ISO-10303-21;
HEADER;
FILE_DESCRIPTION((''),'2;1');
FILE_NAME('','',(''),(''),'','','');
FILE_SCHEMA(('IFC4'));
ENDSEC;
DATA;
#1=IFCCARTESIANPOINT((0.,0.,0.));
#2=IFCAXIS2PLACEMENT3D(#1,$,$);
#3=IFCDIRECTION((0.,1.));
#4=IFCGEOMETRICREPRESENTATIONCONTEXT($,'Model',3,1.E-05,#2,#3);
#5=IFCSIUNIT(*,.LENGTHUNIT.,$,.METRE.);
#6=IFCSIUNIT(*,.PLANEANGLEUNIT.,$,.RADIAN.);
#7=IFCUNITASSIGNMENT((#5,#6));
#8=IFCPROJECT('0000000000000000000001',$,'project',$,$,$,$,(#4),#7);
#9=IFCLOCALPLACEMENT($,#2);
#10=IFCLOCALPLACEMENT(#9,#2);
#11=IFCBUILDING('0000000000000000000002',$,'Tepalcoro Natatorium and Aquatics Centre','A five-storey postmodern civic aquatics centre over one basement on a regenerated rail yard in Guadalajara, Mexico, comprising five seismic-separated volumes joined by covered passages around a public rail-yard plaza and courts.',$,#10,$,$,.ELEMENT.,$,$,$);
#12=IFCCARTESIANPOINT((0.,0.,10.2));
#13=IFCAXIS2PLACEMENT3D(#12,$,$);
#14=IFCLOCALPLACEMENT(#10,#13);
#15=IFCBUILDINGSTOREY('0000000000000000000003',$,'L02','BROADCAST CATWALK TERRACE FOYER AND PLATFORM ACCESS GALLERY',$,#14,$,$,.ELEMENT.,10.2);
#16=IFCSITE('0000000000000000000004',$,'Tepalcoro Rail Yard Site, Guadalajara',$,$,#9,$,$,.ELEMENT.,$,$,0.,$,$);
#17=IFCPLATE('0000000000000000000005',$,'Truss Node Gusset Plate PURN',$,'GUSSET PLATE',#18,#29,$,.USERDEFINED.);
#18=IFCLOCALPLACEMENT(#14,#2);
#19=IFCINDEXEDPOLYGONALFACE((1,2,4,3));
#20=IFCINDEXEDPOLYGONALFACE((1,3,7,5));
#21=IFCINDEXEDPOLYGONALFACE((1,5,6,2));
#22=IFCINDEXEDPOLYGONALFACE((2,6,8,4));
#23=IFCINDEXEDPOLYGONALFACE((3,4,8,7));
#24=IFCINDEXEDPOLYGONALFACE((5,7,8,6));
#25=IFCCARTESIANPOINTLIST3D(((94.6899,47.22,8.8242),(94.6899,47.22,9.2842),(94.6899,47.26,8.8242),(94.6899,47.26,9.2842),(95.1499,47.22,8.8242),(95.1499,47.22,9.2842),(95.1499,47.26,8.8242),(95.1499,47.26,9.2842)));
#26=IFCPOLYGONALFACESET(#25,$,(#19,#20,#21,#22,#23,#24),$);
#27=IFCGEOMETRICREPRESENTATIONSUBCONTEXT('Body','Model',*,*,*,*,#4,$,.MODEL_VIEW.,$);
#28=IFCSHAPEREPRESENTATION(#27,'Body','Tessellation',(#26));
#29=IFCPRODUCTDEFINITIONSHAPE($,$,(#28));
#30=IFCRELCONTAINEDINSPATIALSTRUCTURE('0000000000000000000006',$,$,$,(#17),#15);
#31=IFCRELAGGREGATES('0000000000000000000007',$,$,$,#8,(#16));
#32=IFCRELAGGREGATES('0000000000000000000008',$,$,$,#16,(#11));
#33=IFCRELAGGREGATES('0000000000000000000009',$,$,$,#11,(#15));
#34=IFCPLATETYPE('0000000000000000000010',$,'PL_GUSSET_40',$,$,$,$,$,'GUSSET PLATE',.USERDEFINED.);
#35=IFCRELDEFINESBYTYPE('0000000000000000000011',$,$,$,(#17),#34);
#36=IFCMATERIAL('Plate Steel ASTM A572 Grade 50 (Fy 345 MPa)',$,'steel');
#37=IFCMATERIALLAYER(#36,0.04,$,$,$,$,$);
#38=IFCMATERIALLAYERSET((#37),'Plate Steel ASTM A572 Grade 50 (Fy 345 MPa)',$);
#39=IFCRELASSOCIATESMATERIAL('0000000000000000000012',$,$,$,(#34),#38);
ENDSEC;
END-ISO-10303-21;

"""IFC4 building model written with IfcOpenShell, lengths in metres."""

from ifc_helpers import new_model, si_unit, direction, frame, origin, origin_2d, place, context, subcontext, project, spatial, rectangle, extrude, material, layer, layer_set, type_object, element, save


model = new_model("IFC4")

# Units and contexts
model_context = context("Model", 3, precision=1e-05, world=origin(), true_north=direction((0.0, 1.0)))
body_context = subcontext(model_context, "Body", "Model", "MODEL_VIEW")
ifc_project = project(units=[si_unit("LENGTHUNIT", "METRE"), si_unit("PLANEANGLEUNIT", "RADIAN")], contexts=[model_context])

# Site, building, storey
site_placement = place(None, origin())
site = spatial("IfcSite", under=ifc_project, at=site_placement, Name="Tepalcoro Rail Yard Site, Guadalajara", CompositionType="ELEMENT", RefElevation=0.0)
building_placement = place(site_placement, origin())
building = spatial("IfcBuilding", under=site, at=building_placement, Name="Tepalcoro Natatorium and Aquatics Centre", Description="A five-storey postmodern civic aquatics centre over one basement on a regenerated rail yard in Guadalajara, Mexico, comprising five seismic-separated volumes joined by covered passages around a public rail-yard plaza and courts.", CompositionType="ELEMENT")
storey_placement = place(building_placement, frame((0.0, 0.0, 10.2)))
storey = spatial("IfcBuildingStorey", under=building, at=storey_placement, Name="L02", Description="BROADCAST CATWALK TERRACE FOYER AND PLATFORM ACCESS GALLERY", CompositionType="ELEMENT", Elevation=10.2)

# Plate
ifc_material_1 = material(Name="Plate Steel ASTM A572 Grade 50 (Fy 345 MPa)", Category="steel")
ifc_layer = layer(ifc_material_1, 0.04)
ifc_layer_set = layer_set([ifc_layer], Name="Plate Steel ASTM A572 Grade 50 (Fy 345 MPa)")
plate_type = type_object("IfcPlateType", Name="PL_GUSSET_40", ElementType="GUSSET PLATE", PredefinedType="USERDEFINED", material=ifc_layer_set)
for number, where, z_axis, x_axis, name in (
    (1, (94.9199, 47.24, 8.8242), (0.0, 0.0, 1.0), (1.0, 0.0, 0.0), "Truss Node Gusset Plate PURN"),
):
    element("IfcPlate", number, at=place(storey_placement, frame(where, z_axis=z_axis, x_axis=x_axis)), inside=storey, type_object=plate_type, Name=name, ObjectType="GUSSET PLATE", PredefinedType="USERDEFINED", context=body_context, shape_type="SweptSolid", body=[
        extrude(rectangle(XDim=0.46, YDim=0.04, at=origin_2d()), origin(), (0.0, 0.0, 1.0), 0.46),
    ])

save(model, "model.ifc")
